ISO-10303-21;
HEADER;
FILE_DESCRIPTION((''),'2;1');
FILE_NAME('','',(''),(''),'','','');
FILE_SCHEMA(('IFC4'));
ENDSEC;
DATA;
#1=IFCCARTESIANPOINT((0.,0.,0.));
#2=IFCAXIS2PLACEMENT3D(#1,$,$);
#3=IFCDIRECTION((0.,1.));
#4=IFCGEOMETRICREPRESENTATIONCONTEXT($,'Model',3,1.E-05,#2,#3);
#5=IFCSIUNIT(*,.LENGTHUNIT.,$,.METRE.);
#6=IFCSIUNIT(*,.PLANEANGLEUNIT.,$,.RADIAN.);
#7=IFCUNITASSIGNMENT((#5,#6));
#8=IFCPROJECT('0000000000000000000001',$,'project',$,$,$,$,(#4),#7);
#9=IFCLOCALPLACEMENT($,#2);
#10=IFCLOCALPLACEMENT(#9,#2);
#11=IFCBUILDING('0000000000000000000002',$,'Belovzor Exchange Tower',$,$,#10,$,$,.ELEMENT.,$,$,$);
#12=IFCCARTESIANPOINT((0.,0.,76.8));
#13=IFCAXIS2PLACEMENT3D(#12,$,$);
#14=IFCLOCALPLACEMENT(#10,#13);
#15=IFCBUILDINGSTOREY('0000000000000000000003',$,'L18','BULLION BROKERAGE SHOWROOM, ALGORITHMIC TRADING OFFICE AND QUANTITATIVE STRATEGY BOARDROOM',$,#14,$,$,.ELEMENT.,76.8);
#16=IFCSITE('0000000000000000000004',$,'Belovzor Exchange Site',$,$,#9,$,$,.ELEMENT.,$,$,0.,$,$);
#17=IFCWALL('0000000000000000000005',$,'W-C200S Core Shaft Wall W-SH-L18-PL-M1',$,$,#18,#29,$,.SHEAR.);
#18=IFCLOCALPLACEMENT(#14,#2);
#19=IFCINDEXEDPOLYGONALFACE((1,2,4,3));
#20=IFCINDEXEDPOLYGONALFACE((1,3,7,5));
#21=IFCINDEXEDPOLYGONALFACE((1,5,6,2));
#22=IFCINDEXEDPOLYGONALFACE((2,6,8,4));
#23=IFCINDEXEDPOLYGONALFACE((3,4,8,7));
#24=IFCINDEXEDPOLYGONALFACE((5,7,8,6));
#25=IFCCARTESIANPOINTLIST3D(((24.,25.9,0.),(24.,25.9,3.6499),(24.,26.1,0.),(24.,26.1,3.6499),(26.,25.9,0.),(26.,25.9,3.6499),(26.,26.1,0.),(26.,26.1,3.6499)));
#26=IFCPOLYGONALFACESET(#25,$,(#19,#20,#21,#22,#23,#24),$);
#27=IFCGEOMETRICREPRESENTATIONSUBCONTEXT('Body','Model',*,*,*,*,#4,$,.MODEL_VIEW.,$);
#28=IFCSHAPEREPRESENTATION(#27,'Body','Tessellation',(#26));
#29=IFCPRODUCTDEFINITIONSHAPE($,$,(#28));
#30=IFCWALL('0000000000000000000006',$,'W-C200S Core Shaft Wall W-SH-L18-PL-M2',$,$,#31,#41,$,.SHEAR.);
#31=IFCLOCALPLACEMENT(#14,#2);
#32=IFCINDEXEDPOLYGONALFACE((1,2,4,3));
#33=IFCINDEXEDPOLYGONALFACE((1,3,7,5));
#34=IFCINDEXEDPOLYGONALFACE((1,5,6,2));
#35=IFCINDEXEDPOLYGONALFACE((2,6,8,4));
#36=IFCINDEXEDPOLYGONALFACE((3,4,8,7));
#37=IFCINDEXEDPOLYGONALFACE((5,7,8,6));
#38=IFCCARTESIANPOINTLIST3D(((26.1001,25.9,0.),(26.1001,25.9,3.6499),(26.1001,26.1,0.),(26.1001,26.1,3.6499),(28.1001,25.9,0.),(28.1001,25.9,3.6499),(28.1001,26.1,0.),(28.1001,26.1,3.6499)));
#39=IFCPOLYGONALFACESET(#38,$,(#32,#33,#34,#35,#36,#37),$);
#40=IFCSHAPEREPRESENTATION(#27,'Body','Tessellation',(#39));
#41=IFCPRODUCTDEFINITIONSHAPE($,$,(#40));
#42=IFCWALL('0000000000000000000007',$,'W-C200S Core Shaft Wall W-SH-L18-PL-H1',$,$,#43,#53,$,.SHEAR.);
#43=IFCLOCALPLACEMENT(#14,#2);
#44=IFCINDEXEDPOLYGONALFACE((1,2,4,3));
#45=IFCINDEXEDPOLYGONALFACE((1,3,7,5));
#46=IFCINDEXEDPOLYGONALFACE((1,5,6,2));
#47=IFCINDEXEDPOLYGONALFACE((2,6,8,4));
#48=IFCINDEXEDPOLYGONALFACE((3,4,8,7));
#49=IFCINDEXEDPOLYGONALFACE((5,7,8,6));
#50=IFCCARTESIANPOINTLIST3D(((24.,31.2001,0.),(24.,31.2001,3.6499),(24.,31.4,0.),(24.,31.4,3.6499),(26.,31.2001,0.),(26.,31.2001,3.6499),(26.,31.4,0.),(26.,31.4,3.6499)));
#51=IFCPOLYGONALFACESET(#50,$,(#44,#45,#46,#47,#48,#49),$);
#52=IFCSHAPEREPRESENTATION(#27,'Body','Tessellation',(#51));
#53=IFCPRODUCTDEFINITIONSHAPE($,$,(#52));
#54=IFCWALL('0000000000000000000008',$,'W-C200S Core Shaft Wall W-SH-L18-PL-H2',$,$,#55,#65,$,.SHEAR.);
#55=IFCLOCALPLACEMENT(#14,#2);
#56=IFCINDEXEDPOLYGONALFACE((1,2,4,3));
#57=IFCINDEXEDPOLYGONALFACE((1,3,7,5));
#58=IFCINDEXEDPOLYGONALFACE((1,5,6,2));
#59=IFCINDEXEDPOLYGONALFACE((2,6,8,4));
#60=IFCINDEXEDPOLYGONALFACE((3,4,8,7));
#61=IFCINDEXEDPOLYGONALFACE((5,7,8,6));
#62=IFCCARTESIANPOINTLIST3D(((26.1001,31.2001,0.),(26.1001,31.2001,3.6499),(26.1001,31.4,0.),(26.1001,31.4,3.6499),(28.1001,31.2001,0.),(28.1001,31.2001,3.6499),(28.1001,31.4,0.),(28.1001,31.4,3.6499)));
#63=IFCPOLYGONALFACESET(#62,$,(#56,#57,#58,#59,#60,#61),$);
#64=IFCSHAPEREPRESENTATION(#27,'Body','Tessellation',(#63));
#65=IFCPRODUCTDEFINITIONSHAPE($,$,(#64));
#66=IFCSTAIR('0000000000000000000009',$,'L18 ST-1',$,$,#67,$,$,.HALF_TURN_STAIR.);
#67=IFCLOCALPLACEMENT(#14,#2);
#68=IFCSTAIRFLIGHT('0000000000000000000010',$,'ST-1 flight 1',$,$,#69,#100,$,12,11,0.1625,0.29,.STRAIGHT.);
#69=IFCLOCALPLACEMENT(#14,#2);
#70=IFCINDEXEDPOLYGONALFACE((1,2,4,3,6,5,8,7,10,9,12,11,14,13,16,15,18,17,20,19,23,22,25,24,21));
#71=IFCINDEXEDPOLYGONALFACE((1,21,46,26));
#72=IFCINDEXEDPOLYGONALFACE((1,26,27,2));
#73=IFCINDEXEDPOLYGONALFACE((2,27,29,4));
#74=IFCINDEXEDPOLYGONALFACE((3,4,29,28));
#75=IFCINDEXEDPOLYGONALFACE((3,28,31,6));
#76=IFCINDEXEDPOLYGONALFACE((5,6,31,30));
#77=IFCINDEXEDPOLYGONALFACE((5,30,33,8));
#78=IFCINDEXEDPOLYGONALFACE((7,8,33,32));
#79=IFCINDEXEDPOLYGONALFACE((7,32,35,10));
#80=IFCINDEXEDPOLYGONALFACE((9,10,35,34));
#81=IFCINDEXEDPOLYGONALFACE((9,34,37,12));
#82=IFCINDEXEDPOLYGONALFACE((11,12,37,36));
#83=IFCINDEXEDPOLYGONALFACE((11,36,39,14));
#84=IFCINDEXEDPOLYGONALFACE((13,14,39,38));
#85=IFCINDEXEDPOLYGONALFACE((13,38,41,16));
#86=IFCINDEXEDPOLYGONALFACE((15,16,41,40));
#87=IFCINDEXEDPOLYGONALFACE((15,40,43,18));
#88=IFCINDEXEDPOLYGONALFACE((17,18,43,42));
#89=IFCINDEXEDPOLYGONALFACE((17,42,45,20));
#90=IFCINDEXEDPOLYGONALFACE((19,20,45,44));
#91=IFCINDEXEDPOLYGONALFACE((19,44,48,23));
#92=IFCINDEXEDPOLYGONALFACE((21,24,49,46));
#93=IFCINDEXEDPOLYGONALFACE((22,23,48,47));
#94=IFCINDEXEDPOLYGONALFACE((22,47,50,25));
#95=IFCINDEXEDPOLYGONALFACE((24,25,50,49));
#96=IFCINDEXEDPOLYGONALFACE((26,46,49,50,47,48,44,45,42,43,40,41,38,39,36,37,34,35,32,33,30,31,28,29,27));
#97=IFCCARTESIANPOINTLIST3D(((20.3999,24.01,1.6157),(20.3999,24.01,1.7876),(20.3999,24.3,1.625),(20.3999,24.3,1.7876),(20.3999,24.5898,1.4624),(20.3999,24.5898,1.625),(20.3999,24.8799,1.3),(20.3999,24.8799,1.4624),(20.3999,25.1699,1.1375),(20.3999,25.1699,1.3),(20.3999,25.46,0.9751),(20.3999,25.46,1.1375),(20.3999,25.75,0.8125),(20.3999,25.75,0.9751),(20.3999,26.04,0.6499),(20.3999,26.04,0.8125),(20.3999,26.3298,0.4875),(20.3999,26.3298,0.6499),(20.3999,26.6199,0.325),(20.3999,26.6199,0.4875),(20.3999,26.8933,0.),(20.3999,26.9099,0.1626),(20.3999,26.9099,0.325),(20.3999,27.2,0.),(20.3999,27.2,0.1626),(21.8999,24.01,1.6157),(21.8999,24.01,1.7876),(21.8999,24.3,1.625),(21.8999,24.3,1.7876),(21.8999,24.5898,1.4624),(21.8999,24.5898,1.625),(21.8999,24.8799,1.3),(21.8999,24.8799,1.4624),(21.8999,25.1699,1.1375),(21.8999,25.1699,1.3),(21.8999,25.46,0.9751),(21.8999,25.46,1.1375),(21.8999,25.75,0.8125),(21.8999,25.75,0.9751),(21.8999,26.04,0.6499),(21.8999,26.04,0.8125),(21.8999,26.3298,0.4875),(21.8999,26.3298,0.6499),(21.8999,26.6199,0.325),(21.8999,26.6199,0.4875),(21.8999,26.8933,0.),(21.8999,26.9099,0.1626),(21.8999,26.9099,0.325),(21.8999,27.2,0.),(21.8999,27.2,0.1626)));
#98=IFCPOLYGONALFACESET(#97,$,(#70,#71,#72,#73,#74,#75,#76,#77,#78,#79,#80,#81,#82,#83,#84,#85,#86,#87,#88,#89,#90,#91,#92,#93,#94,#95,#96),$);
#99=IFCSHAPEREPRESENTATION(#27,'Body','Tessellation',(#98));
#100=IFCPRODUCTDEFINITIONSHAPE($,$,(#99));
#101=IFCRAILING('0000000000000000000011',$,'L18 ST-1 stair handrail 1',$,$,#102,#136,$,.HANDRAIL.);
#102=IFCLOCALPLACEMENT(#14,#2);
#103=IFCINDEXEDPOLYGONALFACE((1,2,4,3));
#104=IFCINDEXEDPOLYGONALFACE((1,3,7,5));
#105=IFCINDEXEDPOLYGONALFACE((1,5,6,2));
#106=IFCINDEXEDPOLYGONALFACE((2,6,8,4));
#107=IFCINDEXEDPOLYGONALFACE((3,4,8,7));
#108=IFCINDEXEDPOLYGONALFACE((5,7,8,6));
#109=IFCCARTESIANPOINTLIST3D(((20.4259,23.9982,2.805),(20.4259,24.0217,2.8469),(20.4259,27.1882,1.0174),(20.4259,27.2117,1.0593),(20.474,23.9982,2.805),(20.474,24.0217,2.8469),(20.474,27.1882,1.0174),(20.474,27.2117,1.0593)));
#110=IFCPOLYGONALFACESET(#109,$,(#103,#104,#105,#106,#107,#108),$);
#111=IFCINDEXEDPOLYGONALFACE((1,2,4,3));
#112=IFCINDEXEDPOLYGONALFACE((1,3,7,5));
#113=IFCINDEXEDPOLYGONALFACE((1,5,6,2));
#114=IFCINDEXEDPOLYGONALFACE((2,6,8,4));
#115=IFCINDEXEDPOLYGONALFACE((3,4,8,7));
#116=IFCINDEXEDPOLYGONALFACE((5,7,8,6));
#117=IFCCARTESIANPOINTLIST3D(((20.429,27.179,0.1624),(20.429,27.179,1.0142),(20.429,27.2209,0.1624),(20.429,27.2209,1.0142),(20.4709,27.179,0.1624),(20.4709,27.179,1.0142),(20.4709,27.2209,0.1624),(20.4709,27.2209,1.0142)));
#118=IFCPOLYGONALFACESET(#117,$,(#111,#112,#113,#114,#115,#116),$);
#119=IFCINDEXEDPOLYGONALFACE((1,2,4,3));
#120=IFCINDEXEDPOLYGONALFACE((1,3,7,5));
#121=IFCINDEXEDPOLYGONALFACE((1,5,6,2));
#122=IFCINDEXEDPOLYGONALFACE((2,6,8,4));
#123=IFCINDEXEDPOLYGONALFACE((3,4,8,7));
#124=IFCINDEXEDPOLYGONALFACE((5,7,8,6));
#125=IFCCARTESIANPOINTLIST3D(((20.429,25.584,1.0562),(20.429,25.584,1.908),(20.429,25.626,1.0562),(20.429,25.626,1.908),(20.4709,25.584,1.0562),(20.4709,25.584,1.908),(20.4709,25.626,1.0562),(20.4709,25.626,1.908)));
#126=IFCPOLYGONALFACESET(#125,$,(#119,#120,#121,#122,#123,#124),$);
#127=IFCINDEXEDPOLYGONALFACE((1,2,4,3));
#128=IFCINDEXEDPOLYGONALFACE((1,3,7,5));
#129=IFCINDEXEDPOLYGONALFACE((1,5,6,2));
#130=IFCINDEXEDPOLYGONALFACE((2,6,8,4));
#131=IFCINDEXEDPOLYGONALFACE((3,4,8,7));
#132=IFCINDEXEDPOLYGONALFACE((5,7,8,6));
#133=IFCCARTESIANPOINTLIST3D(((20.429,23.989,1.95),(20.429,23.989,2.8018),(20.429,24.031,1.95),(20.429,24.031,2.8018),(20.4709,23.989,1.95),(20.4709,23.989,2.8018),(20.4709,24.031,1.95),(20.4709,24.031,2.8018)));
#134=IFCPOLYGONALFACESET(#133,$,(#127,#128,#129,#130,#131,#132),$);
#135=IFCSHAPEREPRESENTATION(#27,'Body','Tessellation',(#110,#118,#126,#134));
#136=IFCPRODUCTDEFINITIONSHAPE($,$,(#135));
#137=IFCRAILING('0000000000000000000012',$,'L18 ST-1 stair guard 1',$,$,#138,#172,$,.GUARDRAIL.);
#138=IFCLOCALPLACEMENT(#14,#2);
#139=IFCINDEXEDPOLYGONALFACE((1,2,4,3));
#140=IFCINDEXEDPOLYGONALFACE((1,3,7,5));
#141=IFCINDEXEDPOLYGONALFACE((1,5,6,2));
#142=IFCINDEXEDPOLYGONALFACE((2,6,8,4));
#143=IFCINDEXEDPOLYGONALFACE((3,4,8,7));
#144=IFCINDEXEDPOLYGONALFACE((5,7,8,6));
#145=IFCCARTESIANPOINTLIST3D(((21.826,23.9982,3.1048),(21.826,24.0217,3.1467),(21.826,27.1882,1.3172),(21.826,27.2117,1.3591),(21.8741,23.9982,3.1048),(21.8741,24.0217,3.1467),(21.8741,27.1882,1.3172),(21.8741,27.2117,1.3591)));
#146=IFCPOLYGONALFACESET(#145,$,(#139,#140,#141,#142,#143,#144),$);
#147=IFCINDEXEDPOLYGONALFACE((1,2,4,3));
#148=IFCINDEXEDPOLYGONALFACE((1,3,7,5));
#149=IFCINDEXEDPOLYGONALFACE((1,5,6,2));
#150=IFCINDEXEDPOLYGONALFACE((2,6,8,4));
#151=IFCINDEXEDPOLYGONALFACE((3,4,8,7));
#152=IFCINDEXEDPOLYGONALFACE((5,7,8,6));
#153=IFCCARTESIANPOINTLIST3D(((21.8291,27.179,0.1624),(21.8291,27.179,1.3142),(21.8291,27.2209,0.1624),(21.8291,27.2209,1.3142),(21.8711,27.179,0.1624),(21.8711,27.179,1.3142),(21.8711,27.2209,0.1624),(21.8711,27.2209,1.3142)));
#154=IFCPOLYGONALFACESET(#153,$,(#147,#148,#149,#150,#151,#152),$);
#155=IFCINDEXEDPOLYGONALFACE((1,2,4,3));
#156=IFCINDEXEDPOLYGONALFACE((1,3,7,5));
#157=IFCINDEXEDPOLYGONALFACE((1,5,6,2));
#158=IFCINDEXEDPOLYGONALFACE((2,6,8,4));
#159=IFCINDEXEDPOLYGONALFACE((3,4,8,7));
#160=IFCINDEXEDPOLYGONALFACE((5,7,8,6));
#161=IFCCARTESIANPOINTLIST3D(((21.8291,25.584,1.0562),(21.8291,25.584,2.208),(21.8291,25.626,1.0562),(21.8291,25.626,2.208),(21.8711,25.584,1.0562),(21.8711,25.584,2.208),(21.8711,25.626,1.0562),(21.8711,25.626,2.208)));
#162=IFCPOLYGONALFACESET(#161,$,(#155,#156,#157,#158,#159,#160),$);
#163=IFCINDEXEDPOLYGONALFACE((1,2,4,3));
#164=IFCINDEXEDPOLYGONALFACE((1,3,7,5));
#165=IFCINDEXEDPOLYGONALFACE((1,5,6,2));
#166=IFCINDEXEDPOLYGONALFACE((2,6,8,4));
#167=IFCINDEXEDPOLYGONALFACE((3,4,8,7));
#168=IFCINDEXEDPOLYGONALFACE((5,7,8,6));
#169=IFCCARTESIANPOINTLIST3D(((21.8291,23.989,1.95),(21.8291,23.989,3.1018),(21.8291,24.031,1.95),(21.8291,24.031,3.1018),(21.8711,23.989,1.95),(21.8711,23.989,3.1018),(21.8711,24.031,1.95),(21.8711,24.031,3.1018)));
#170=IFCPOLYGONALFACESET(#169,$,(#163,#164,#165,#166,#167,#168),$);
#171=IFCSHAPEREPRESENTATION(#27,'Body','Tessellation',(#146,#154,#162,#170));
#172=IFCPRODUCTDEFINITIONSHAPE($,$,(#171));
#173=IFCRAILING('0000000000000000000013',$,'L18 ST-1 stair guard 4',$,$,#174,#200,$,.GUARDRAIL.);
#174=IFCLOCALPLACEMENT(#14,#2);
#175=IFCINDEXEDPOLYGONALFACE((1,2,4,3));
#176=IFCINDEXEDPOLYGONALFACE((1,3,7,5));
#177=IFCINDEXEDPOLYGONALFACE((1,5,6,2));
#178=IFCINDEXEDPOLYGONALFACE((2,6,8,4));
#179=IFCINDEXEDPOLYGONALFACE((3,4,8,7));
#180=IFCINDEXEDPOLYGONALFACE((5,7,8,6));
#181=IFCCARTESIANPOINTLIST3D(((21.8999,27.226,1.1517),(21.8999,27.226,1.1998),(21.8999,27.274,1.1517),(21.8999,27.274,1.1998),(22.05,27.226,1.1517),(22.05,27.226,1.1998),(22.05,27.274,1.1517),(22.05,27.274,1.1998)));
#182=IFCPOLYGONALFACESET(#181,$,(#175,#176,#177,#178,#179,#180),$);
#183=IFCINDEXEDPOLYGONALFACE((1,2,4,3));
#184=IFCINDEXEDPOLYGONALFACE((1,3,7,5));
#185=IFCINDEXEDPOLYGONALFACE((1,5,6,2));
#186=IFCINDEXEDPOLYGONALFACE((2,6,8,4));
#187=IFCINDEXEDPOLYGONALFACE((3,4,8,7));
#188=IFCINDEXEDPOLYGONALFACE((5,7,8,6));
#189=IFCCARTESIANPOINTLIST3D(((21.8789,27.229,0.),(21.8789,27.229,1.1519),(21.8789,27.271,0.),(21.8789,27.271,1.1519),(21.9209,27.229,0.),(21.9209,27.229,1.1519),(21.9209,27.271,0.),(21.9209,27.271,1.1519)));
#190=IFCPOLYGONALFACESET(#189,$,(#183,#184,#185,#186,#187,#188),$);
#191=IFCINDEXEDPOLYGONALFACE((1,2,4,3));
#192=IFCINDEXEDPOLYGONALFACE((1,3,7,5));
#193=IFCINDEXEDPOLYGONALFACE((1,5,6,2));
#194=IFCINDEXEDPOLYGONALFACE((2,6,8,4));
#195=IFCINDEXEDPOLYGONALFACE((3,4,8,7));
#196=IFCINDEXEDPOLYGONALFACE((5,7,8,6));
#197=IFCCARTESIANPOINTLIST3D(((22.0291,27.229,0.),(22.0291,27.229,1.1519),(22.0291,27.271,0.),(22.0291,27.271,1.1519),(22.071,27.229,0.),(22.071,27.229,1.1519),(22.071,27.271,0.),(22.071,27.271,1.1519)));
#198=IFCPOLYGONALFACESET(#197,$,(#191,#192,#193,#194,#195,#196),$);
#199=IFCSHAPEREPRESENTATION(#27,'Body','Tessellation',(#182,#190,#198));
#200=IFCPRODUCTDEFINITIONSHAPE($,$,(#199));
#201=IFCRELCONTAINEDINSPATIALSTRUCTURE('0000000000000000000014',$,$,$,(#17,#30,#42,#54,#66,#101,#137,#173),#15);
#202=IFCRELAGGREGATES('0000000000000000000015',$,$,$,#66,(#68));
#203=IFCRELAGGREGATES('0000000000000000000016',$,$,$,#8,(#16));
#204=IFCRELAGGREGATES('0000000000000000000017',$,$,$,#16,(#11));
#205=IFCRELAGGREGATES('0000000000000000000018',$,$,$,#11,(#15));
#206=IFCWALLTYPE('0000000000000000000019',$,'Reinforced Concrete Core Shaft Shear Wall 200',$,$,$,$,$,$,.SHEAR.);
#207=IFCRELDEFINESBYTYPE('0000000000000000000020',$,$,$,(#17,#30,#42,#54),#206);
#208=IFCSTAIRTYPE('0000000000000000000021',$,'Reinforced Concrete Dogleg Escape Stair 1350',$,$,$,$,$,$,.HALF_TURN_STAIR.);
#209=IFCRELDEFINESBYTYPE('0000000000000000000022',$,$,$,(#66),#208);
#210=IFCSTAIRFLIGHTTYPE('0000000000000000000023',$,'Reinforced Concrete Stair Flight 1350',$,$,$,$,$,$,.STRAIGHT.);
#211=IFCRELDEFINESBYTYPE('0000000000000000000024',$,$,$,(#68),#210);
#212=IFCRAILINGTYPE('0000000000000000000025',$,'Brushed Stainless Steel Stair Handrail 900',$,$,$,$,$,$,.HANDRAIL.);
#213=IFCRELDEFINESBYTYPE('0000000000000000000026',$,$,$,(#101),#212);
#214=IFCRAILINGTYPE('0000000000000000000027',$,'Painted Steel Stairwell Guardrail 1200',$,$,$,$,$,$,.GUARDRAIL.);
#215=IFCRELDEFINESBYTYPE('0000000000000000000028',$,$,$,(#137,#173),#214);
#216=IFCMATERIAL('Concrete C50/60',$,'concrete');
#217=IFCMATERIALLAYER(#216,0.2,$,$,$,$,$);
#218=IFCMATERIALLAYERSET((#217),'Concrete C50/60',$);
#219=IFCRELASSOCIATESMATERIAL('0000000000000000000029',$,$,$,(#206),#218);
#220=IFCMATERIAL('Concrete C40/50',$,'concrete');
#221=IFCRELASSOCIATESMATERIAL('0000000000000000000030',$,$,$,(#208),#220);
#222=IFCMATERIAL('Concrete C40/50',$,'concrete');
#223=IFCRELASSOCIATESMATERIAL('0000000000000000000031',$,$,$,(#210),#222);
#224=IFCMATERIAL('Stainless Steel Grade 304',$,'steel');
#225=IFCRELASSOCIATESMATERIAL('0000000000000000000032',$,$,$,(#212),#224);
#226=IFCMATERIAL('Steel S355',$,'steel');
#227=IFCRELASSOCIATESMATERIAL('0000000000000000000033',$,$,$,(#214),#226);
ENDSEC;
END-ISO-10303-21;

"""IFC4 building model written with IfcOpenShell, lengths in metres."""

from ifc_helpers import new_model, si_unit, direction, frame, frame_2d, origin, origin_2d, place, context, subcontext, project, spatial, polyline, rectangle, outline, extrude, material, layer, layer_set, type_object, element, aggregate, save


model = new_model("IFC4")

# Units and contexts
model_context = context("Model", 3, precision=1e-05, world=origin(), true_north=direction((0.0, 1.0)))
body_context = subcontext(model_context, "Body", "Model", "MODEL_VIEW")
ifc_project = project(units=[si_unit("LENGTHUNIT", "METRE"), si_unit("PLANEANGLEUNIT", "RADIAN")], contexts=[model_context])

# Site, building, storey
site_placement = place(None, origin())
site = spatial("IfcSite", under=ifc_project, at=site_placement, Name="Belovzor Exchange Site", CompositionType="ELEMENT", RefElevation=0.0)
building_placement = place(site_placement, origin())
building = spatial("IfcBuilding", under=site, at=building_placement, Name="Belovzor Exchange Tower", CompositionType="ELEMENT")
storey_placement = place(building_placement, frame((0.0, 0.0, 76.8)))
storey = spatial("IfcBuildingStorey", under=building, at=storey_placement, Name="L18", Description="BULLION BROKERAGE SHOWROOM, ALGORITHMIC TRADING OFFICE AND QUANTITATIVE STRATEGY BOARDROOM", CompositionType="ELEMENT", Elevation=76.8)

# Shared definitions
ifc_material_1 = material(Name="Concrete C50/60", Category="concrete")
ifc_layer_1 = layer(ifc_material_1, 0.2)
ifc_layer_set_1 = layer_set([ifc_layer_1], Name="Concrete C50/60")
wall_type_1 = type_object("IfcWallType", Name="Reinforced Concrete Core Shaft Shear Wall 200", PredefinedType="SHEAR", material=ifc_layer_set_1)

# Walls
for number, where, z_axis, x_axis, name in (
    (1, (24.0, 26.0, 0.0), (0.0, 0.0, 1.0), (1.0, 0.0, 0.0), "W-C200S Core Shaft Wall W-SH-L18-PL-M1"),
    (2, (26.1001, 26.0, 0.0), (0.0, 0.0, 1.0), (1.0, 0.0, 0.0), "W-C200S Core Shaft Wall W-SH-L18-PL-M2"),
    (3, (24.0, 31.3, 0.0), (0.0, 0.0, 1.0), (1.0, 0.0, 0.0), "W-C200S Core Shaft Wall W-SH-L18-PL-H1"),
    (4, (26.1001, 31.3, 0.0), (0.0, 0.0, 1.0), (1.0, 0.0, 0.0), "W-C200S Core Shaft Wall W-SH-L18-PL-H2"),
):
    element("IfcWall", number, at=place(storey_placement, frame(where, z_axis=z_axis, x_axis=x_axis)), inside=storey, type_object=wall_type_1, Name=name, PredefinedType="SHEAR", context=body_context, shape_type="SweptSolid", body=[
        extrude(rectangle(XDim=2.0, YDim=0.2, at=frame_2d((1.0, 0.0))), origin(), (0.0, 0.0, 1.0), 3.6499),
    ])

# Stair, stair flight
ifc_material_2 = material(Name="Concrete C40/50", Category="concrete")
stair_type = type_object("IfcStairType", Name="Reinforced Concrete Dogleg Escape Stair 1350", PredefinedType="HALF_TURN_STAIR", material=ifc_material_2)
stair_placement = place(storey_placement, origin())
stair = element("IfcStair", 5, at=stair_placement, inside=storey, type_object=stair_type, Name="L18 ST-1", PredefinedType="HALF_TURN_STAIR")
ifc_material_3 = material(Name="Concrete C40/50", Category="concrete")
stair_flight_type = type_object("IfcStairFlightType", Name="Reinforced Concrete Stair Flight 1350", PredefinedType="STRAIGHT", material=ifc_material_3)
stair_flight_placement = place(storey_placement, frame((21.1499, 27.2, 0.0), z_axis=(0.0, 0.0, 1.0), x_axis=(0.0, -1.0, 0.0)))
stair_flight = element("IfcStairFlight", 6, at=stair_flight_placement, type_object=stair_flight_type, Name="ST-1 flight 1", NumberOfRisers=12, NumberOfTreads=11, PredefinedType="STRAIGHT", RiserHeight=0.1625, TreadLength=0.29, context=body_context, shape_type="SweptSolid", body=[
    extrude(outline(polyline([(0.0, 0.0), (0.0, 0.1626), (0.29, 0.1626), (0.29, 0.325), (0.5801, 0.325), (0.5801, 0.4875), (0.8701, 0.4875), (0.8701, 0.6499), (1.1599, 0.6499), (1.1599, 0.8125), (1.45, 0.8125), (1.45, 0.9751), (1.74, 0.9751), (1.74, 1.1375), (2.03, 1.1375), (2.03, 1.3), (2.3201, 1.3), (2.3201, 1.4624), (2.6101, 1.4624), (2.6101, 1.625), (2.8999, 1.625), (2.8999, 1.7876), (3.1899, 1.7876), (3.1899, 1.95), (3.1899, 1.6157), (0.3066, 0.0), (0.0, 0.0)])), frame((0.0, 0.75, 0.0), z_axis=(0.0, -1.0, 0.0), x_axis=(1.0, 0.0, 0.0)), (0.0, 0.0, 1.0), 1.5),
])
aggregate(stair, [stair_flight])

# Railings
ifc_material_4 = material(Name="Stainless Steel Grade 304", Category="steel")
railing_type_1 = type_object("IfcRailingType", Name="Brushed Stainless Steel Stair Handrail 900", PredefinedType="HANDRAIL", material=ifc_material_4)
railing_1_placement = place(storey_placement, frame((20.45, 27.2, 0.1624)))
element("IfcRailing", 7, at=railing_1_placement, inside=storey, type_object=railing_type_1, Name="L18 ST-1 stair handrail 1", PredefinedType="HANDRAIL", context=body_context, shape_type="SweptSolid", body=[
    extrude(rectangle(XDim=0.0481, YDim=0.0481, at=origin_2d()), frame((0.0, 0.0, 0.876), z_axis=(0.0, -0.872363, 0.48886), x_axis=(1.0, 0.0, 0.0)), (0.0, 0.0, 1.0), 3.6567),
    extrude(rectangle(XDim=0.042, YDim=0.042, at=origin_2d()), origin(), (0.0, 0.0, 1.0), 0.8518),
    extrude(rectangle(XDim=0.042, YDim=0.042, at=origin_2d()), frame((0.0, -1.595, 0.8938)), (0.0, 0.0, 1.0), 0.8518),
    extrude(rectangle(XDim=0.042, YDim=0.042, at=origin_2d()), frame((0.0, -3.1899, 1.7876)), (0.0, 0.0, 1.0), 0.8518),
])
ifc_material_5 = material(Name="Steel S355", Category="steel")
railing_type_2 = type_object("IfcRailingType", Name="Painted Steel Stairwell Guardrail 1200", PredefinedType="GUARDRAIL", material=ifc_material_5)
railing_2_placement = place(storey_placement, frame((21.8501, 27.2, 0.1624)))
element("IfcRailing", 8, at=railing_2_placement, inside=storey, type_object=railing_type_2, Name="L18 ST-1 stair guard 1", PredefinedType="GUARDRAIL", context=body_context, shape_type="SweptSolid", body=[
    extrude(rectangle(XDim=0.0481, YDim=0.0481, at=origin_2d()), frame((0.0, 0.0, 1.1758), z_axis=(0.0, -0.872363, 0.48886), x_axis=(1.0, 0.0, 0.0)), (0.0, 0.0, 1.0), 3.6567),
    extrude(rectangle(XDim=0.042, YDim=0.042, at=origin_2d()), origin(), (0.0, 0.0, 1.0), 1.1519),
    extrude(rectangle(XDim=0.042, YDim=0.042, at=origin_2d()), frame((0.0, -1.595, 0.8938)), (0.0, 0.0, 1.0), 1.1519),
    extrude(rectangle(XDim=0.042, YDim=0.042, at=origin_2d()), frame((0.0, -3.1899, 1.7876)), (0.0, 0.0, 1.0), 1.1519),
])
railing_3_placement = place(storey_placement, frame((21.8999, 27.25, 0.0)))
element("IfcRailing", 9, at=railing_3_placement, inside=storey, type_object=railing_type_2, Name="L18 ST-1 stair guard 4", PredefinedType="GUARDRAIL", context=body_context, shape_type="SweptSolid", body=[
    extrude(rectangle(XDim=0.0481, YDim=0.0481, at=origin_2d()), frame((0.0, 0.0, 1.1758), z_axis=(1.0, 0.0, 0.0), x_axis=(0.0, 1.0, 0.0)), (0.0, 0.0, 1.0), 0.1501),
    extrude(rectangle(XDim=0.042, YDim=0.042, at=origin_2d()), origin(), (0.0, 0.0, 1.0), 1.1519),
    extrude(rectangle(XDim=0.042, YDim=0.042, at=origin_2d()), frame((0.1501, 0.0, 0.0)), (0.0, 0.0, 1.0), 1.1519),
])

save(model, "model.ifc")
